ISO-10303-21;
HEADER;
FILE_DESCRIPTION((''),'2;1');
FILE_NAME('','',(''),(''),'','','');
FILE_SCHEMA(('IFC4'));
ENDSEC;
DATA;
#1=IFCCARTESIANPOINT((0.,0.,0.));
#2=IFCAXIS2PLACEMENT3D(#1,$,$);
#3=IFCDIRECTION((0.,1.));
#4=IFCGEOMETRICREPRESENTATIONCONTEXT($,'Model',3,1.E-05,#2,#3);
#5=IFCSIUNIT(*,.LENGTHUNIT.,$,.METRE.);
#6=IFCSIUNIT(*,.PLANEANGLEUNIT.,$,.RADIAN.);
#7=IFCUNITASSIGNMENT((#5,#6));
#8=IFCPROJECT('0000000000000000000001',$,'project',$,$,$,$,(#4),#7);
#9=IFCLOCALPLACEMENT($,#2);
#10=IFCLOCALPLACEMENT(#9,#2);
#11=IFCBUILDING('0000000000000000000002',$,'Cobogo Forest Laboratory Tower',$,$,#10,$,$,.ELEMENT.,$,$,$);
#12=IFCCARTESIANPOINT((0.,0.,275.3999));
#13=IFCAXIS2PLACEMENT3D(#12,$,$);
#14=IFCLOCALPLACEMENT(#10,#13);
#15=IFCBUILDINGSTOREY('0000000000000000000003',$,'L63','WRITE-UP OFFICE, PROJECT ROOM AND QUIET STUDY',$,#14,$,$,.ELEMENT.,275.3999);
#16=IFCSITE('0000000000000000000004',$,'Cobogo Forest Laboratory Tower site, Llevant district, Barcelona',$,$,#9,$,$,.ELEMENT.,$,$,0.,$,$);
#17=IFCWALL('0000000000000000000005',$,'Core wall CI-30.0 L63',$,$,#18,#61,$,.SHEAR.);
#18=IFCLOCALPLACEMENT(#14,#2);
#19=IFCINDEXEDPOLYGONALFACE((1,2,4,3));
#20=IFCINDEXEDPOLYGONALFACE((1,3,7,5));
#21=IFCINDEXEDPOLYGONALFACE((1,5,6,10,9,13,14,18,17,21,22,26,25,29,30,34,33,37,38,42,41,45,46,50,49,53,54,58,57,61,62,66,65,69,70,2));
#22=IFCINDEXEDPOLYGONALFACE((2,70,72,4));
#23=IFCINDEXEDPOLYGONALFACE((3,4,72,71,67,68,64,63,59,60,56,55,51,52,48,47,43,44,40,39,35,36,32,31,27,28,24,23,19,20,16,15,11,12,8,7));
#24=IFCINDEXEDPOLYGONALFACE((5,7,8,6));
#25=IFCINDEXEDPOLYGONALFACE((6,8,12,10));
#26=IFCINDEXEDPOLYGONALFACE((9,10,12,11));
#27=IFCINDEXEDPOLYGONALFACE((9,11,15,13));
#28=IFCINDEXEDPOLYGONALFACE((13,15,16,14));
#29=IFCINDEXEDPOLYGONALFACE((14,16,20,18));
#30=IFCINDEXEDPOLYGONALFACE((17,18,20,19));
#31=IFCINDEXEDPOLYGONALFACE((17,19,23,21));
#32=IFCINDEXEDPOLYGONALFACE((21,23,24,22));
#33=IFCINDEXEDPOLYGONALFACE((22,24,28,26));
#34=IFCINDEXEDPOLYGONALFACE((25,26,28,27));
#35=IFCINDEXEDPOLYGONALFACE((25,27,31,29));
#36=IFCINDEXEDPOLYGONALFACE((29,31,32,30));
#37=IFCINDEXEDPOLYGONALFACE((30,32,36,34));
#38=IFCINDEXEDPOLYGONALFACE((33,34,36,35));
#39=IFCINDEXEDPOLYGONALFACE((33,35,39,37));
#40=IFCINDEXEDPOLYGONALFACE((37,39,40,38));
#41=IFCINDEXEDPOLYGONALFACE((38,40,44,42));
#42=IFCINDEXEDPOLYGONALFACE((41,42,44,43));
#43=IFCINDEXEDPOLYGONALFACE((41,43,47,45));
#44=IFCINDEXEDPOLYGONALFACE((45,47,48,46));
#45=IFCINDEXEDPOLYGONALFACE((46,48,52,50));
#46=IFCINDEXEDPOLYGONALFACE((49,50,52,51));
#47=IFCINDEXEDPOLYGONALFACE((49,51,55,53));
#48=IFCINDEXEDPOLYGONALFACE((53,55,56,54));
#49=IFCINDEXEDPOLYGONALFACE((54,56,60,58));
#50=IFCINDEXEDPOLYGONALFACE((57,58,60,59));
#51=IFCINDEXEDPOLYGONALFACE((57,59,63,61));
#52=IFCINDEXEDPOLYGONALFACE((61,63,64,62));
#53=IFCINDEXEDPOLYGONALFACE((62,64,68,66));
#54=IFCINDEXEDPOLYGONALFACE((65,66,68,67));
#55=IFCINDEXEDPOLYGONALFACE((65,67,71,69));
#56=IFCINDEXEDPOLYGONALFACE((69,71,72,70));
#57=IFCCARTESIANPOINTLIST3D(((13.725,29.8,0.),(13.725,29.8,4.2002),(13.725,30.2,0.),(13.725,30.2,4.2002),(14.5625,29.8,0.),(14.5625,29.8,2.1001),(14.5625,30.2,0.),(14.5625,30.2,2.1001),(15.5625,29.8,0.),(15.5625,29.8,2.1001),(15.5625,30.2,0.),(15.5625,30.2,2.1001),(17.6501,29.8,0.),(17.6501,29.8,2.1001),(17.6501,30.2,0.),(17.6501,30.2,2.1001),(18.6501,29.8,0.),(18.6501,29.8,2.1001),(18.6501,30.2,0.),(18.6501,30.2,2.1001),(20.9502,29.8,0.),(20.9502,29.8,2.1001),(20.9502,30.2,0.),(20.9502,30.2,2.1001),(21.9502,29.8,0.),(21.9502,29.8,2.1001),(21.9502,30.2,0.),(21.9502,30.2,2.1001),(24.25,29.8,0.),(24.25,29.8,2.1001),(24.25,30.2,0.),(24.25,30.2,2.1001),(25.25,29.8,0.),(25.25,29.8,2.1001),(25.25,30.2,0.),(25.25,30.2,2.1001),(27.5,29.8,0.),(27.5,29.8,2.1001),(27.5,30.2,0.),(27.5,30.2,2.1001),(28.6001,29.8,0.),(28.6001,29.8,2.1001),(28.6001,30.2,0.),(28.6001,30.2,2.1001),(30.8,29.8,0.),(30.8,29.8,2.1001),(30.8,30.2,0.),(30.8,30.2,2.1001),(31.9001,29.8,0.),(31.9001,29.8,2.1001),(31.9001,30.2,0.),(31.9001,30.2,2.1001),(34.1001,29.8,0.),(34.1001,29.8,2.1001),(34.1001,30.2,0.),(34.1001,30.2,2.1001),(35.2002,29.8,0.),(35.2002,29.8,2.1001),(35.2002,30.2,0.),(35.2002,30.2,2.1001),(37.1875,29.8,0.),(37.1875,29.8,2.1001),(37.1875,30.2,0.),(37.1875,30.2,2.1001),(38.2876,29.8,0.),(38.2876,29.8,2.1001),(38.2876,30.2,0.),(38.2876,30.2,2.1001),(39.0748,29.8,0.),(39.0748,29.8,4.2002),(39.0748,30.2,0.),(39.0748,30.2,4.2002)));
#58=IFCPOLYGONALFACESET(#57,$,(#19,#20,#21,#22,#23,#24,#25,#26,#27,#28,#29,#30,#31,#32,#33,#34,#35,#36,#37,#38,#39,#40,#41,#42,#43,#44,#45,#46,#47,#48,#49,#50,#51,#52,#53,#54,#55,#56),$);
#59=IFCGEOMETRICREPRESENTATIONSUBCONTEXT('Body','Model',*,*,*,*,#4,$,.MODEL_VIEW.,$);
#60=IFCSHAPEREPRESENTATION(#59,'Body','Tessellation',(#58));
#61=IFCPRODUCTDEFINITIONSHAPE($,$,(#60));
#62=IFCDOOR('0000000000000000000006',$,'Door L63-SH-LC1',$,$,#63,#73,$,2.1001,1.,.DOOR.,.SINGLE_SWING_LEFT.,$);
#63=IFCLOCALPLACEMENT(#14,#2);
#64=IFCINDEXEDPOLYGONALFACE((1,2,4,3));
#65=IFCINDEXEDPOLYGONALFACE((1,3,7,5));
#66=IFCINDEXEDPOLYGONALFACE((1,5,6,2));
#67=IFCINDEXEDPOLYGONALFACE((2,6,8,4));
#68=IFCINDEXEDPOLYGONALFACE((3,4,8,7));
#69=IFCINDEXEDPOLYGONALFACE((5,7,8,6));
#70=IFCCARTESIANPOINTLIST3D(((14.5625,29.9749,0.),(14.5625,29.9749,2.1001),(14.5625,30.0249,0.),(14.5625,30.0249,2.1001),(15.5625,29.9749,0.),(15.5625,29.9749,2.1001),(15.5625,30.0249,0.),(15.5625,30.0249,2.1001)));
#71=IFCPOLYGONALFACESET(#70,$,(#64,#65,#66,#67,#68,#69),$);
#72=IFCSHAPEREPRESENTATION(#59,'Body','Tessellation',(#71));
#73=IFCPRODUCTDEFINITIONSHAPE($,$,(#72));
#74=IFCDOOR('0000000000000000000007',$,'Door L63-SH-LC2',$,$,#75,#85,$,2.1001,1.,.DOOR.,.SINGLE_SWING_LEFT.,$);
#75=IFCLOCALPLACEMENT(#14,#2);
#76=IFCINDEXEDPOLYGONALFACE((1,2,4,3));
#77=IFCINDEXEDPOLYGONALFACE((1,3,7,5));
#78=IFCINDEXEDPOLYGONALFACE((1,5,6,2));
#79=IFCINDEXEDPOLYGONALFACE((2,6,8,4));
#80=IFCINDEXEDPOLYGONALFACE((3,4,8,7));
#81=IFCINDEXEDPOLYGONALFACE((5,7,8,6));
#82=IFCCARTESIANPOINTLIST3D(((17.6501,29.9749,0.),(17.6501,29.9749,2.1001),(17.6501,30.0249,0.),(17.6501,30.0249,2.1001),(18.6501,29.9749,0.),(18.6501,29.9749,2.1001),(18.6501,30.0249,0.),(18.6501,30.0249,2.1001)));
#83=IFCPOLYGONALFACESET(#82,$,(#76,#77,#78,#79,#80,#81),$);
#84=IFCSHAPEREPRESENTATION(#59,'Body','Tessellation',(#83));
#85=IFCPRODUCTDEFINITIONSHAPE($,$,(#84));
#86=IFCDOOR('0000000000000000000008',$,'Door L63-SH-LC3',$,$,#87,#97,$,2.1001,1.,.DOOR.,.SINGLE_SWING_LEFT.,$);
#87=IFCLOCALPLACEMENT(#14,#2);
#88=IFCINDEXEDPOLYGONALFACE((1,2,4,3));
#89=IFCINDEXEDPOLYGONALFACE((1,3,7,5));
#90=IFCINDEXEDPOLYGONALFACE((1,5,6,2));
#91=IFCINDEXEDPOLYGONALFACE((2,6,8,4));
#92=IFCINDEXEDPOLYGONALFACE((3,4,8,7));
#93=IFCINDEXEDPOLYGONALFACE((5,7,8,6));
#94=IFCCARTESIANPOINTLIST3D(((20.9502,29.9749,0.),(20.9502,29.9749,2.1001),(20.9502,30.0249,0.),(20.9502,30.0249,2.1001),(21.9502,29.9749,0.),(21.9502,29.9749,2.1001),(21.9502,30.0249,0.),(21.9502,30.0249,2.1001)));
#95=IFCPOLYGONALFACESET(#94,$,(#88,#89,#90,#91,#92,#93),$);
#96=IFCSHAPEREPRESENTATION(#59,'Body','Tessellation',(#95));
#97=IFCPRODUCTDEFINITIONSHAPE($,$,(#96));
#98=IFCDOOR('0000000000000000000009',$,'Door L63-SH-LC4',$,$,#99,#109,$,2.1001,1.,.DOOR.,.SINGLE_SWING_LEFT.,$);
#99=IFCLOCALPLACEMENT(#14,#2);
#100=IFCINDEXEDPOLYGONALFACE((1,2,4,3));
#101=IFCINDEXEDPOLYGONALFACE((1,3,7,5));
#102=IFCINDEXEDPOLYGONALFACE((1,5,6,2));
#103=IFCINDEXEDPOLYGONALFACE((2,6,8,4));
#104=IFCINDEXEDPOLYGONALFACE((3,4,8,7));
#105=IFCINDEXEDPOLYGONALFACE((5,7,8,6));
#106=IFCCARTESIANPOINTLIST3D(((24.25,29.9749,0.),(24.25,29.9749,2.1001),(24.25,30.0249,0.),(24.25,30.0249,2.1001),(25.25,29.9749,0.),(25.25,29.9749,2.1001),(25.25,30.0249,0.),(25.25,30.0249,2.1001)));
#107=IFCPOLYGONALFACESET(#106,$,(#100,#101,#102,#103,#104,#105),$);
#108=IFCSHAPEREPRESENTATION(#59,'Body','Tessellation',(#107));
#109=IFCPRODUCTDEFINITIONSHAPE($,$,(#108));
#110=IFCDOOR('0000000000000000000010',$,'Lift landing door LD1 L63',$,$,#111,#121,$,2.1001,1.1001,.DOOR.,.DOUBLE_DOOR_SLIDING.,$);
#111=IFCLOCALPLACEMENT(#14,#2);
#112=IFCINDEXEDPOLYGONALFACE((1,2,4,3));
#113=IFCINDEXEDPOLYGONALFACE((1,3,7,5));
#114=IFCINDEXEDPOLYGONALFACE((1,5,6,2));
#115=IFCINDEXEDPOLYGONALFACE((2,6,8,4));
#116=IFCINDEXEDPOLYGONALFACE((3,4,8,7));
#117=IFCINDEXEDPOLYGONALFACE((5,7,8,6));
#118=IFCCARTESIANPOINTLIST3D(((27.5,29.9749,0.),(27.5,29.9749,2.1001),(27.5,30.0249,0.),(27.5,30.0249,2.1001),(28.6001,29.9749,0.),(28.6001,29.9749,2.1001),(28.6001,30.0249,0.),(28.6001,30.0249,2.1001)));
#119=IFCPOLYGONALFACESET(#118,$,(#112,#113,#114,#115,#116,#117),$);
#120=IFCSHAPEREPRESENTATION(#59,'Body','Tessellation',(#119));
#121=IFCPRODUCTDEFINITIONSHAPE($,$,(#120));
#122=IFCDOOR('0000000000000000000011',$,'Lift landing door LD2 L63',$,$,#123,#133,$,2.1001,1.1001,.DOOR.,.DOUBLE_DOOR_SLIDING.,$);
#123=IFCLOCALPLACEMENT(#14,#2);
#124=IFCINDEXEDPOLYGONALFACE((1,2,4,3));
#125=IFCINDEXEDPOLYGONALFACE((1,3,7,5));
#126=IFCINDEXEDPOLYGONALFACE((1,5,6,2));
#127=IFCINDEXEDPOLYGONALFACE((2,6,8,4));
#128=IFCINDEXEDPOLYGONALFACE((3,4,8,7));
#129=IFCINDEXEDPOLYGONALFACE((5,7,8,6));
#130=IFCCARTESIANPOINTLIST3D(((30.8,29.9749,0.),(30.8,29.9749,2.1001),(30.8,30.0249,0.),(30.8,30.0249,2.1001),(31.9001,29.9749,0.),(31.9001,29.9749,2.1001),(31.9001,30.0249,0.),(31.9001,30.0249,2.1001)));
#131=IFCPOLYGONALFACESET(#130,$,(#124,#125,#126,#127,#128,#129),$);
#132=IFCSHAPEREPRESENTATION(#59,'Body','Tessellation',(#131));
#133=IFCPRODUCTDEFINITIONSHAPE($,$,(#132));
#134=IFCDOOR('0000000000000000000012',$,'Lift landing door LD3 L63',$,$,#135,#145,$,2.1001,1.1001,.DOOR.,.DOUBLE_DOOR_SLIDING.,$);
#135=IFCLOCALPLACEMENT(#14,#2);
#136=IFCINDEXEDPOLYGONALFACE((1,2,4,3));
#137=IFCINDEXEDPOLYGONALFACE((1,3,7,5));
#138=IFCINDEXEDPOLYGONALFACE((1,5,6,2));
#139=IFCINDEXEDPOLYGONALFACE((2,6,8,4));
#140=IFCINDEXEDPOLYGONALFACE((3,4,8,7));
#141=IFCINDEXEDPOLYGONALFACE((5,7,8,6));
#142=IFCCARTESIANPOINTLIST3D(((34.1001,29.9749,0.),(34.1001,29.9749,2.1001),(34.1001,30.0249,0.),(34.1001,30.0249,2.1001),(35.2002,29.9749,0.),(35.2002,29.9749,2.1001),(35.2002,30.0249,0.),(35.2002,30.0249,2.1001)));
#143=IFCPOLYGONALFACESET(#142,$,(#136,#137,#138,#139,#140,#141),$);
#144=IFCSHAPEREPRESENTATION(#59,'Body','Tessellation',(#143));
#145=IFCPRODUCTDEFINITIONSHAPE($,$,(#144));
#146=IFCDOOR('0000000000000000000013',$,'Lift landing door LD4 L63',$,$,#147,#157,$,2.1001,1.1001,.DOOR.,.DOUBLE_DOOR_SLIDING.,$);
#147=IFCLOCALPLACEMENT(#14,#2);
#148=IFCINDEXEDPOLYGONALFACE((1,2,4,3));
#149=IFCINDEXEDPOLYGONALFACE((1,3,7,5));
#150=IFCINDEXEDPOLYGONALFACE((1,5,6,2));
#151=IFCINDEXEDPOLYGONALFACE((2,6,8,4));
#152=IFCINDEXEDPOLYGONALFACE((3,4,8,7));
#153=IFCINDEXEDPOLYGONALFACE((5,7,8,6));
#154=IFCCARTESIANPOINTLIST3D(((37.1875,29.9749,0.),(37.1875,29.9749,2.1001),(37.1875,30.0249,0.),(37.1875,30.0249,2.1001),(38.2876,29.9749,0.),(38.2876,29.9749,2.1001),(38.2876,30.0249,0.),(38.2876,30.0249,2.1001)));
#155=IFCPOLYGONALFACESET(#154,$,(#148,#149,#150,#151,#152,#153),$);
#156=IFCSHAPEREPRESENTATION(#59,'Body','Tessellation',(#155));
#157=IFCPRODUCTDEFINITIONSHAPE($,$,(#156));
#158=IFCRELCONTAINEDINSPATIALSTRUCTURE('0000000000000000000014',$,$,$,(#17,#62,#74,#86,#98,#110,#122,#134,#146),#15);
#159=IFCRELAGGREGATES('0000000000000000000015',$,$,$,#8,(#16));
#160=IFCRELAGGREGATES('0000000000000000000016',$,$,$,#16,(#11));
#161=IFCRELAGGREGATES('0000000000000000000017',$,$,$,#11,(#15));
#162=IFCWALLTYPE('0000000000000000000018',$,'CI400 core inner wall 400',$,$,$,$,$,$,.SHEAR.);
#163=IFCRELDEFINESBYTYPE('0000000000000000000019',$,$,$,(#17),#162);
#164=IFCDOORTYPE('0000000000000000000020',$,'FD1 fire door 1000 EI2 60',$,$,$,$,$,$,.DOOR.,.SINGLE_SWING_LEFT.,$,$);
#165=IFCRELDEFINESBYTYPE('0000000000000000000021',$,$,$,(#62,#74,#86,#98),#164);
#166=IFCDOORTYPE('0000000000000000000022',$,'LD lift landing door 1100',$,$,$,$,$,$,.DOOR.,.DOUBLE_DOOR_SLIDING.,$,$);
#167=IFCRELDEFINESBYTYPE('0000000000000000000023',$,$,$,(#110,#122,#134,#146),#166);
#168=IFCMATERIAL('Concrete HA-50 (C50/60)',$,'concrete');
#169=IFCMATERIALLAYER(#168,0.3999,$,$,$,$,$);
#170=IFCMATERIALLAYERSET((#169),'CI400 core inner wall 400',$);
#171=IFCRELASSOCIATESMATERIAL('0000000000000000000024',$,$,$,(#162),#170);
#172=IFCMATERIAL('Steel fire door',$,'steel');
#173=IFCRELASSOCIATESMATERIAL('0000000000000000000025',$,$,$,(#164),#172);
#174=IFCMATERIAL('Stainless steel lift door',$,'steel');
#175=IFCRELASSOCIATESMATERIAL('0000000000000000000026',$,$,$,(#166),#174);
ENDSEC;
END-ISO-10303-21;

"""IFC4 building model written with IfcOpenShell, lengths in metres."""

from ifc_helpers import new_model, si_unit, direction, frame, frame_2d, origin, place, context, subcontext, project, spatial, rectangle, extrude, material, layer, layer_set, type_object, element, fill, save


model = new_model("IFC4")

# Units and contexts
model_context = context("Model", 3, precision=1e-05, world=origin(), true_north=direction((0.0, 1.0)))
body_context = subcontext(model_context, "Body", "Model", "MODEL_VIEW")
ifc_project = project(units=[si_unit("LENGTHUNIT", "METRE"), si_unit("PLANEANGLEUNIT", "RADIAN")], contexts=[model_context])

# Site, building, storey
site_placement = place(None, origin())
site = spatial("IfcSite", under=ifc_project, at=site_placement, Name="Cobogo Forest Laboratory Tower site, Llevant district, Barcelona", CompositionType="ELEMENT", RefElevation=0.0)
building_placement = place(site_placement, origin())
building = spatial("IfcBuilding", under=site, at=building_placement, Name="Cobogo Forest Laboratory Tower", CompositionType="ELEMENT")
storey_placement = place(building_placement, frame((0.0, 0.0, 275.3999)))
storey = spatial("IfcBuildingStorey", under=building, at=storey_placement, Name="L63", Description="WRITE-UP OFFICE, PROJECT ROOM AND QUIET STUDY", CompositionType="ELEMENT", Elevation=275.3999)

# Wall, openings, doors
ifc_material_1 = material(Name="Concrete HA-50 (C50/60)", Category="concrete")
ifc_layer_1 = layer(ifc_material_1, 0.3999)
ifc_layer_set_1 = layer_set([ifc_layer_1], Name="CI400 core inner wall 400")
wall_type_1 = type_object("IfcWallType", Name="CI400 core inner wall 400", PredefinedType="SHEAR", material=ifc_layer_set_1)
wall_1_placement = place(storey_placement, frame((13.7251, 30.0, 0.0), z_axis=(0.0, 0.0, 1.0), x_axis=(1.0, 0.0, 0.0)))
wall_1 = element("IfcWall", 1, at=wall_1_placement, inside=storey, type_object=wall_type_1, Name="Core wall CI-30.0 L63", PredefinedType="SHEAR", context=body_context, shape_type="SweptSolid", body=[
    extrude(rectangle(XDim=25.3499, YDim=0.3999, at=frame_2d((12.6748, 0.0))), origin(), (0.0, 0.0, 1.0), 4.2002),
])
opening_1_placement = place(wall_1_placement, frame((0.8374, 0.0, 0.0)))
opening_1 = element("IfcOpeningElement", 2, at=opening_1_placement, cuts=wall_1, PredefinedType="OPENING", context=body_context, shape_type="SweptSolid", body=[
    extrude(rectangle(XDim=1.0, YDim=2.1001, at=frame_2d((0.5, 1.05))), frame((0.0, 0.21, 0.0), z_axis=(0.0, -1.0, 0.0), x_axis=(1.0, 0.0, 0.0)), (0.0, 0.0, 1.0), 0.4199),
])
opening_2_placement = place(wall_1_placement, frame((3.925, 0.0, 0.0)))
opening_2 = element("IfcOpeningElement", 3, at=opening_2_placement, cuts=wall_1, PredefinedType="OPENING", context=body_context, shape_type="SweptSolid", body=[
    extrude(rectangle(XDim=1.0, YDim=2.1001, at=frame_2d((0.5, 1.05))), frame((0.0, 0.21, 0.0), z_axis=(0.0, -1.0, 0.0), x_axis=(1.0, 0.0, 0.0)), (0.0, 0.0, 1.0), 0.4199),
])
opening_3_placement = place(wall_1_placement, frame((7.2251, 0.0, 0.0)))
opening_3 = element("IfcOpeningElement", 4, at=opening_3_placement, cuts=wall_1, PredefinedType="OPENING", context=body_context, shape_type="SweptSolid", body=[
    extrude(rectangle(XDim=1.0, YDim=2.1001, at=frame_2d((0.5, 1.05))), frame((0.0, 0.21, 0.0), z_axis=(0.0, -1.0, 0.0), x_axis=(1.0, 0.0, 0.0)), (0.0, 0.0, 1.0), 0.4199),
])
opening_4_placement = place(wall_1_placement, frame((10.5249, 0.0, 0.0)))
opening_4 = element("IfcOpeningElement", 5, at=opening_4_placement, cuts=wall_1, PredefinedType="OPENING", context=body_context, shape_type="SweptSolid", body=[
    extrude(rectangle(XDim=1.0, YDim=2.1001, at=frame_2d((0.5, 1.05))), frame((0.0, 0.21, 0.0), z_axis=(0.0, -1.0, 0.0), x_axis=(1.0, 0.0, 0.0)), (0.0, 0.0, 1.0), 0.4199),
])
opening_5_placement = place(wall_1_placement, frame((13.7749, 0.0, 0.0)))
opening_5 = element("IfcOpeningElement", 6, at=opening_5_placement, cuts=wall_1, PredefinedType="OPENING", context=body_context, shape_type="SweptSolid", body=[
    extrude(rectangle(XDim=1.1001, YDim=2.1001, at=frame_2d((0.55, 1.05))), frame((0.0, 0.21, 0.0), z_axis=(0.0, -1.0, 0.0), x_axis=(1.0, 0.0, 0.0)), (0.0, 0.0, 1.0), 0.4199),
])
opening_6_placement = place(wall_1_placement, frame((17.075, 0.0, 0.0)))
opening_6 = element("IfcOpeningElement", 7, at=opening_6_placement, cuts=wall_1, PredefinedType="OPENING", context=body_context, shape_type="SweptSolid", body=[
    extrude(rectangle(XDim=1.1001, YDim=2.1001, at=frame_2d((0.55, 1.05))), frame((0.0, 0.21, 0.0), z_axis=(0.0, -1.0, 0.0), x_axis=(1.0, 0.0, 0.0)), (0.0, 0.0, 1.0), 0.4199),
])
opening_7_placement = place(wall_1_placement, frame((20.375, 0.0, 0.0)))
opening_7 = element("IfcOpeningElement", 8, at=opening_7_placement, cuts=wall_1, PredefinedType="OPENING", context=body_context, shape_type="SweptSolid", body=[
    extrude(rectangle(XDim=1.1001, YDim=2.1001, at=frame_2d((0.55, 1.05))), frame((0.0, 0.21, 0.0), z_axis=(0.0, -1.0, 0.0), x_axis=(1.0, 0.0, 0.0)), (0.0, 0.0, 1.0), 0.4199),
])
opening_8_placement = place(wall_1_placement, frame((23.4624, 0.0, 0.0)))
opening_8 = element("IfcOpeningElement", 9, at=opening_8_placement, cuts=wall_1, PredefinedType="OPENING", context=body_context, shape_type="SweptSolid", body=[
    extrude(rectangle(XDim=1.1001, YDim=2.1001, at=frame_2d((0.55, 1.05))), frame((0.0, 0.21, 0.0), z_axis=(0.0, -1.0, 0.0), x_axis=(1.0, 0.0, 0.0)), (0.0, 0.0, 1.0), 0.4199),
])
ifc_material_2 = material(Name="Steel fire door", Category="steel")
door_type_1 = type_object("IfcDoorType", Name="FD1 fire door 1000 EI2 60", OperationType="SINGLE_SWING_LEFT", PredefinedType="DOOR", material=ifc_material_2)
door_1_placement = place(opening_1_placement, origin())
door_1 = element("IfcDoor", 10, at=door_1_placement, inside=storey, type_object=door_type_1, Name="Door L63-SH-LC1", OperationType="SINGLE_SWING_LEFT", OverallHeight=2.1001, OverallWidth=1.0, PredefinedType="DOOR", context=body_context, shape_type="SweptSolid", body=[
    extrude(rectangle(XDim=1.0, YDim=2.1001, at=frame_2d((0.5, 1.05))), frame((0.0, 0.0249, 0.0), z_axis=(0.0, -1.0, 0.0), x_axis=(1.0, 0.0, 0.0)), (0.0, 0.0, 1.0), 0.05),
])
fill(opening_1, door_1)
door_2_placement = place(opening_2_placement, origin())
door_2 = element("IfcDoor", 11, at=door_2_placement, inside=storey, type_object=door_type_1, Name="Door L63-SH-LC2", OperationType="SINGLE_SWING_LEFT", OverallHeight=2.1001, OverallWidth=1.0, PredefinedType="DOOR", context=body_context, shape_type="SweptSolid", body=[
    extrude(rectangle(XDim=1.0, YDim=2.1001, at=frame_2d((0.5, 1.05))), frame((0.0, 0.0249, 0.0), z_axis=(0.0, -1.0, 0.0), x_axis=(1.0, 0.0, 0.0)), (0.0, 0.0, 1.0), 0.05),
])
fill(opening_2, door_2)
door_3_placement = place(opening_3_placement, origin())
door_3 = element("IfcDoor", 12, at=door_3_placement, inside=storey, type_object=door_type_1, Name="Door L63-SH-LC3", OperationType="SINGLE_SWING_LEFT", OverallHeight=2.1001, OverallWidth=1.0, PredefinedType="DOOR", context=body_context, shape_type="SweptSolid", body=[
    extrude(rectangle(XDim=1.0, YDim=2.1001, at=frame_2d((0.5, 1.05))), frame((0.0, 0.0249, 0.0), z_axis=(0.0, -1.0, 0.0), x_axis=(1.0, 0.0, 0.0)), (0.0, 0.0, 1.0), 0.05),
])
fill(opening_3, door_3)
door_4_placement = place(opening_4_placement, origin())
door_4 = element("IfcDoor", 13, at=door_4_placement, inside=storey, type_object=door_type_1, Name="Door L63-SH-LC4", OperationType="SINGLE_SWING_LEFT", OverallHeight=2.1001, OverallWidth=1.0, PredefinedType="DOOR", context=body_context, shape_type="SweptSolid", body=[
    extrude(rectangle(XDim=1.0, YDim=2.1001, at=frame_2d((0.5, 1.05))), frame((0.0, 0.0249, 0.0), z_axis=(0.0, -1.0, 0.0), x_axis=(1.0, 0.0, 0.0)), (0.0, 0.0, 1.0), 0.05),
])
fill(opening_4, door_4)
ifc_material_3 = material(Name="Stainless steel lift door", Category="steel")
door_type_2 = type_object("IfcDoorType", Name="LD lift landing door 1100", OperationType="DOUBLE_DOOR_SLIDING", PredefinedType="DOOR", material=ifc_material_3)
door_5_placement = place(opening_5_placement, origin())
door_5 = element("IfcDoor", 14, at=door_5_placement, inside=storey, type_object=door_type_2, Name="Lift landing door LD1 L63", OperationType="DOUBLE_DOOR_SLIDING", OverallHeight=2.1001, OverallWidth=1.1001, PredefinedType="DOOR", context=body_context, shape_type="SweptSolid", body=[
    extrude(rectangle(XDim=1.1001, YDim=2.1001, at=frame_2d((0.55, 1.05))), frame((0.0, 0.0249, 0.0), z_axis=(0.0, -1.0, 0.0), x_axis=(1.0, 0.0, 0.0)), (0.0, 0.0, 1.0), 0.05),
])
fill(opening_5, door_5)
door_6_placement = place(opening_6_placement, origin())
door_6 = element("IfcDoor", 15, at=door_6_placement, inside=storey, type_object=door_type_2, Name="Lift landing door LD2 L63", OperationType="DOUBLE_DOOR_SLIDING", OverallHeight=2.1001, OverallWidth=1.1001, PredefinedType="DOOR", context=body_context, shape_type="SweptSolid", body=[
    extrude(rectangle(XDim=1.1001, YDim=2.1001, at=frame_2d((0.55, 1.05))), frame((0.0, 0.0249, 0.0), z_axis=(0.0, -1.0, 0.0), x_axis=(1.0, 0.0, 0.0)), (0.0, 0.0, 1.0), 0.05),
])
fill(opening_6, door_6)
door_7_placement = place(opening_7_placement, origin())
door_7 = element("IfcDoor", 16, at=door_7_placement, inside=storey, type_object=door_type_2, Name="Lift landing door LD3 L63", OperationType="DOUBLE_DOOR_SLIDING", OverallHeight=2.1001, OverallWidth=1.1001, PredefinedType="DOOR", context=body_context, shape_type="SweptSolid", body=[
    extrude(rectangle(XDim=1.1001, YDim=2.1001, at=frame_2d((0.55, 1.05))), frame((0.0, 0.0249, 0.0), z_axis=(0.0, -1.0, 0.0), x_axis=(1.0, 0.0, 0.0)), (0.0, 0.0, 1.0), 0.05),
])
fill(opening_7, door_7)
door_8_placement = place(opening_8_placement, origin())
door_8 = element("IfcDoor", 17, at=door_8_placement, inside=storey, type_object=door_type_2, Name="Lift landing door LD4 L63", OperationType="DOUBLE_DOOR_SLIDING", OverallHeight=2.1001, OverallWidth=1.1001, PredefinedType="DOOR", context=body_context, shape_type="SweptSolid", body=[
    extrude(rectangle(XDim=1.1001, YDim=2.1001, at=frame_2d((0.55, 1.05))), frame((0.0, 0.0249, 0.0), z_axis=(0.0, -1.0, 0.0), x_axis=(1.0, 0.0, 0.0)), (0.0, 0.0, 1.0), 0.05),
])
fill(opening_8, door_8)

save(model, "model.ifc")
